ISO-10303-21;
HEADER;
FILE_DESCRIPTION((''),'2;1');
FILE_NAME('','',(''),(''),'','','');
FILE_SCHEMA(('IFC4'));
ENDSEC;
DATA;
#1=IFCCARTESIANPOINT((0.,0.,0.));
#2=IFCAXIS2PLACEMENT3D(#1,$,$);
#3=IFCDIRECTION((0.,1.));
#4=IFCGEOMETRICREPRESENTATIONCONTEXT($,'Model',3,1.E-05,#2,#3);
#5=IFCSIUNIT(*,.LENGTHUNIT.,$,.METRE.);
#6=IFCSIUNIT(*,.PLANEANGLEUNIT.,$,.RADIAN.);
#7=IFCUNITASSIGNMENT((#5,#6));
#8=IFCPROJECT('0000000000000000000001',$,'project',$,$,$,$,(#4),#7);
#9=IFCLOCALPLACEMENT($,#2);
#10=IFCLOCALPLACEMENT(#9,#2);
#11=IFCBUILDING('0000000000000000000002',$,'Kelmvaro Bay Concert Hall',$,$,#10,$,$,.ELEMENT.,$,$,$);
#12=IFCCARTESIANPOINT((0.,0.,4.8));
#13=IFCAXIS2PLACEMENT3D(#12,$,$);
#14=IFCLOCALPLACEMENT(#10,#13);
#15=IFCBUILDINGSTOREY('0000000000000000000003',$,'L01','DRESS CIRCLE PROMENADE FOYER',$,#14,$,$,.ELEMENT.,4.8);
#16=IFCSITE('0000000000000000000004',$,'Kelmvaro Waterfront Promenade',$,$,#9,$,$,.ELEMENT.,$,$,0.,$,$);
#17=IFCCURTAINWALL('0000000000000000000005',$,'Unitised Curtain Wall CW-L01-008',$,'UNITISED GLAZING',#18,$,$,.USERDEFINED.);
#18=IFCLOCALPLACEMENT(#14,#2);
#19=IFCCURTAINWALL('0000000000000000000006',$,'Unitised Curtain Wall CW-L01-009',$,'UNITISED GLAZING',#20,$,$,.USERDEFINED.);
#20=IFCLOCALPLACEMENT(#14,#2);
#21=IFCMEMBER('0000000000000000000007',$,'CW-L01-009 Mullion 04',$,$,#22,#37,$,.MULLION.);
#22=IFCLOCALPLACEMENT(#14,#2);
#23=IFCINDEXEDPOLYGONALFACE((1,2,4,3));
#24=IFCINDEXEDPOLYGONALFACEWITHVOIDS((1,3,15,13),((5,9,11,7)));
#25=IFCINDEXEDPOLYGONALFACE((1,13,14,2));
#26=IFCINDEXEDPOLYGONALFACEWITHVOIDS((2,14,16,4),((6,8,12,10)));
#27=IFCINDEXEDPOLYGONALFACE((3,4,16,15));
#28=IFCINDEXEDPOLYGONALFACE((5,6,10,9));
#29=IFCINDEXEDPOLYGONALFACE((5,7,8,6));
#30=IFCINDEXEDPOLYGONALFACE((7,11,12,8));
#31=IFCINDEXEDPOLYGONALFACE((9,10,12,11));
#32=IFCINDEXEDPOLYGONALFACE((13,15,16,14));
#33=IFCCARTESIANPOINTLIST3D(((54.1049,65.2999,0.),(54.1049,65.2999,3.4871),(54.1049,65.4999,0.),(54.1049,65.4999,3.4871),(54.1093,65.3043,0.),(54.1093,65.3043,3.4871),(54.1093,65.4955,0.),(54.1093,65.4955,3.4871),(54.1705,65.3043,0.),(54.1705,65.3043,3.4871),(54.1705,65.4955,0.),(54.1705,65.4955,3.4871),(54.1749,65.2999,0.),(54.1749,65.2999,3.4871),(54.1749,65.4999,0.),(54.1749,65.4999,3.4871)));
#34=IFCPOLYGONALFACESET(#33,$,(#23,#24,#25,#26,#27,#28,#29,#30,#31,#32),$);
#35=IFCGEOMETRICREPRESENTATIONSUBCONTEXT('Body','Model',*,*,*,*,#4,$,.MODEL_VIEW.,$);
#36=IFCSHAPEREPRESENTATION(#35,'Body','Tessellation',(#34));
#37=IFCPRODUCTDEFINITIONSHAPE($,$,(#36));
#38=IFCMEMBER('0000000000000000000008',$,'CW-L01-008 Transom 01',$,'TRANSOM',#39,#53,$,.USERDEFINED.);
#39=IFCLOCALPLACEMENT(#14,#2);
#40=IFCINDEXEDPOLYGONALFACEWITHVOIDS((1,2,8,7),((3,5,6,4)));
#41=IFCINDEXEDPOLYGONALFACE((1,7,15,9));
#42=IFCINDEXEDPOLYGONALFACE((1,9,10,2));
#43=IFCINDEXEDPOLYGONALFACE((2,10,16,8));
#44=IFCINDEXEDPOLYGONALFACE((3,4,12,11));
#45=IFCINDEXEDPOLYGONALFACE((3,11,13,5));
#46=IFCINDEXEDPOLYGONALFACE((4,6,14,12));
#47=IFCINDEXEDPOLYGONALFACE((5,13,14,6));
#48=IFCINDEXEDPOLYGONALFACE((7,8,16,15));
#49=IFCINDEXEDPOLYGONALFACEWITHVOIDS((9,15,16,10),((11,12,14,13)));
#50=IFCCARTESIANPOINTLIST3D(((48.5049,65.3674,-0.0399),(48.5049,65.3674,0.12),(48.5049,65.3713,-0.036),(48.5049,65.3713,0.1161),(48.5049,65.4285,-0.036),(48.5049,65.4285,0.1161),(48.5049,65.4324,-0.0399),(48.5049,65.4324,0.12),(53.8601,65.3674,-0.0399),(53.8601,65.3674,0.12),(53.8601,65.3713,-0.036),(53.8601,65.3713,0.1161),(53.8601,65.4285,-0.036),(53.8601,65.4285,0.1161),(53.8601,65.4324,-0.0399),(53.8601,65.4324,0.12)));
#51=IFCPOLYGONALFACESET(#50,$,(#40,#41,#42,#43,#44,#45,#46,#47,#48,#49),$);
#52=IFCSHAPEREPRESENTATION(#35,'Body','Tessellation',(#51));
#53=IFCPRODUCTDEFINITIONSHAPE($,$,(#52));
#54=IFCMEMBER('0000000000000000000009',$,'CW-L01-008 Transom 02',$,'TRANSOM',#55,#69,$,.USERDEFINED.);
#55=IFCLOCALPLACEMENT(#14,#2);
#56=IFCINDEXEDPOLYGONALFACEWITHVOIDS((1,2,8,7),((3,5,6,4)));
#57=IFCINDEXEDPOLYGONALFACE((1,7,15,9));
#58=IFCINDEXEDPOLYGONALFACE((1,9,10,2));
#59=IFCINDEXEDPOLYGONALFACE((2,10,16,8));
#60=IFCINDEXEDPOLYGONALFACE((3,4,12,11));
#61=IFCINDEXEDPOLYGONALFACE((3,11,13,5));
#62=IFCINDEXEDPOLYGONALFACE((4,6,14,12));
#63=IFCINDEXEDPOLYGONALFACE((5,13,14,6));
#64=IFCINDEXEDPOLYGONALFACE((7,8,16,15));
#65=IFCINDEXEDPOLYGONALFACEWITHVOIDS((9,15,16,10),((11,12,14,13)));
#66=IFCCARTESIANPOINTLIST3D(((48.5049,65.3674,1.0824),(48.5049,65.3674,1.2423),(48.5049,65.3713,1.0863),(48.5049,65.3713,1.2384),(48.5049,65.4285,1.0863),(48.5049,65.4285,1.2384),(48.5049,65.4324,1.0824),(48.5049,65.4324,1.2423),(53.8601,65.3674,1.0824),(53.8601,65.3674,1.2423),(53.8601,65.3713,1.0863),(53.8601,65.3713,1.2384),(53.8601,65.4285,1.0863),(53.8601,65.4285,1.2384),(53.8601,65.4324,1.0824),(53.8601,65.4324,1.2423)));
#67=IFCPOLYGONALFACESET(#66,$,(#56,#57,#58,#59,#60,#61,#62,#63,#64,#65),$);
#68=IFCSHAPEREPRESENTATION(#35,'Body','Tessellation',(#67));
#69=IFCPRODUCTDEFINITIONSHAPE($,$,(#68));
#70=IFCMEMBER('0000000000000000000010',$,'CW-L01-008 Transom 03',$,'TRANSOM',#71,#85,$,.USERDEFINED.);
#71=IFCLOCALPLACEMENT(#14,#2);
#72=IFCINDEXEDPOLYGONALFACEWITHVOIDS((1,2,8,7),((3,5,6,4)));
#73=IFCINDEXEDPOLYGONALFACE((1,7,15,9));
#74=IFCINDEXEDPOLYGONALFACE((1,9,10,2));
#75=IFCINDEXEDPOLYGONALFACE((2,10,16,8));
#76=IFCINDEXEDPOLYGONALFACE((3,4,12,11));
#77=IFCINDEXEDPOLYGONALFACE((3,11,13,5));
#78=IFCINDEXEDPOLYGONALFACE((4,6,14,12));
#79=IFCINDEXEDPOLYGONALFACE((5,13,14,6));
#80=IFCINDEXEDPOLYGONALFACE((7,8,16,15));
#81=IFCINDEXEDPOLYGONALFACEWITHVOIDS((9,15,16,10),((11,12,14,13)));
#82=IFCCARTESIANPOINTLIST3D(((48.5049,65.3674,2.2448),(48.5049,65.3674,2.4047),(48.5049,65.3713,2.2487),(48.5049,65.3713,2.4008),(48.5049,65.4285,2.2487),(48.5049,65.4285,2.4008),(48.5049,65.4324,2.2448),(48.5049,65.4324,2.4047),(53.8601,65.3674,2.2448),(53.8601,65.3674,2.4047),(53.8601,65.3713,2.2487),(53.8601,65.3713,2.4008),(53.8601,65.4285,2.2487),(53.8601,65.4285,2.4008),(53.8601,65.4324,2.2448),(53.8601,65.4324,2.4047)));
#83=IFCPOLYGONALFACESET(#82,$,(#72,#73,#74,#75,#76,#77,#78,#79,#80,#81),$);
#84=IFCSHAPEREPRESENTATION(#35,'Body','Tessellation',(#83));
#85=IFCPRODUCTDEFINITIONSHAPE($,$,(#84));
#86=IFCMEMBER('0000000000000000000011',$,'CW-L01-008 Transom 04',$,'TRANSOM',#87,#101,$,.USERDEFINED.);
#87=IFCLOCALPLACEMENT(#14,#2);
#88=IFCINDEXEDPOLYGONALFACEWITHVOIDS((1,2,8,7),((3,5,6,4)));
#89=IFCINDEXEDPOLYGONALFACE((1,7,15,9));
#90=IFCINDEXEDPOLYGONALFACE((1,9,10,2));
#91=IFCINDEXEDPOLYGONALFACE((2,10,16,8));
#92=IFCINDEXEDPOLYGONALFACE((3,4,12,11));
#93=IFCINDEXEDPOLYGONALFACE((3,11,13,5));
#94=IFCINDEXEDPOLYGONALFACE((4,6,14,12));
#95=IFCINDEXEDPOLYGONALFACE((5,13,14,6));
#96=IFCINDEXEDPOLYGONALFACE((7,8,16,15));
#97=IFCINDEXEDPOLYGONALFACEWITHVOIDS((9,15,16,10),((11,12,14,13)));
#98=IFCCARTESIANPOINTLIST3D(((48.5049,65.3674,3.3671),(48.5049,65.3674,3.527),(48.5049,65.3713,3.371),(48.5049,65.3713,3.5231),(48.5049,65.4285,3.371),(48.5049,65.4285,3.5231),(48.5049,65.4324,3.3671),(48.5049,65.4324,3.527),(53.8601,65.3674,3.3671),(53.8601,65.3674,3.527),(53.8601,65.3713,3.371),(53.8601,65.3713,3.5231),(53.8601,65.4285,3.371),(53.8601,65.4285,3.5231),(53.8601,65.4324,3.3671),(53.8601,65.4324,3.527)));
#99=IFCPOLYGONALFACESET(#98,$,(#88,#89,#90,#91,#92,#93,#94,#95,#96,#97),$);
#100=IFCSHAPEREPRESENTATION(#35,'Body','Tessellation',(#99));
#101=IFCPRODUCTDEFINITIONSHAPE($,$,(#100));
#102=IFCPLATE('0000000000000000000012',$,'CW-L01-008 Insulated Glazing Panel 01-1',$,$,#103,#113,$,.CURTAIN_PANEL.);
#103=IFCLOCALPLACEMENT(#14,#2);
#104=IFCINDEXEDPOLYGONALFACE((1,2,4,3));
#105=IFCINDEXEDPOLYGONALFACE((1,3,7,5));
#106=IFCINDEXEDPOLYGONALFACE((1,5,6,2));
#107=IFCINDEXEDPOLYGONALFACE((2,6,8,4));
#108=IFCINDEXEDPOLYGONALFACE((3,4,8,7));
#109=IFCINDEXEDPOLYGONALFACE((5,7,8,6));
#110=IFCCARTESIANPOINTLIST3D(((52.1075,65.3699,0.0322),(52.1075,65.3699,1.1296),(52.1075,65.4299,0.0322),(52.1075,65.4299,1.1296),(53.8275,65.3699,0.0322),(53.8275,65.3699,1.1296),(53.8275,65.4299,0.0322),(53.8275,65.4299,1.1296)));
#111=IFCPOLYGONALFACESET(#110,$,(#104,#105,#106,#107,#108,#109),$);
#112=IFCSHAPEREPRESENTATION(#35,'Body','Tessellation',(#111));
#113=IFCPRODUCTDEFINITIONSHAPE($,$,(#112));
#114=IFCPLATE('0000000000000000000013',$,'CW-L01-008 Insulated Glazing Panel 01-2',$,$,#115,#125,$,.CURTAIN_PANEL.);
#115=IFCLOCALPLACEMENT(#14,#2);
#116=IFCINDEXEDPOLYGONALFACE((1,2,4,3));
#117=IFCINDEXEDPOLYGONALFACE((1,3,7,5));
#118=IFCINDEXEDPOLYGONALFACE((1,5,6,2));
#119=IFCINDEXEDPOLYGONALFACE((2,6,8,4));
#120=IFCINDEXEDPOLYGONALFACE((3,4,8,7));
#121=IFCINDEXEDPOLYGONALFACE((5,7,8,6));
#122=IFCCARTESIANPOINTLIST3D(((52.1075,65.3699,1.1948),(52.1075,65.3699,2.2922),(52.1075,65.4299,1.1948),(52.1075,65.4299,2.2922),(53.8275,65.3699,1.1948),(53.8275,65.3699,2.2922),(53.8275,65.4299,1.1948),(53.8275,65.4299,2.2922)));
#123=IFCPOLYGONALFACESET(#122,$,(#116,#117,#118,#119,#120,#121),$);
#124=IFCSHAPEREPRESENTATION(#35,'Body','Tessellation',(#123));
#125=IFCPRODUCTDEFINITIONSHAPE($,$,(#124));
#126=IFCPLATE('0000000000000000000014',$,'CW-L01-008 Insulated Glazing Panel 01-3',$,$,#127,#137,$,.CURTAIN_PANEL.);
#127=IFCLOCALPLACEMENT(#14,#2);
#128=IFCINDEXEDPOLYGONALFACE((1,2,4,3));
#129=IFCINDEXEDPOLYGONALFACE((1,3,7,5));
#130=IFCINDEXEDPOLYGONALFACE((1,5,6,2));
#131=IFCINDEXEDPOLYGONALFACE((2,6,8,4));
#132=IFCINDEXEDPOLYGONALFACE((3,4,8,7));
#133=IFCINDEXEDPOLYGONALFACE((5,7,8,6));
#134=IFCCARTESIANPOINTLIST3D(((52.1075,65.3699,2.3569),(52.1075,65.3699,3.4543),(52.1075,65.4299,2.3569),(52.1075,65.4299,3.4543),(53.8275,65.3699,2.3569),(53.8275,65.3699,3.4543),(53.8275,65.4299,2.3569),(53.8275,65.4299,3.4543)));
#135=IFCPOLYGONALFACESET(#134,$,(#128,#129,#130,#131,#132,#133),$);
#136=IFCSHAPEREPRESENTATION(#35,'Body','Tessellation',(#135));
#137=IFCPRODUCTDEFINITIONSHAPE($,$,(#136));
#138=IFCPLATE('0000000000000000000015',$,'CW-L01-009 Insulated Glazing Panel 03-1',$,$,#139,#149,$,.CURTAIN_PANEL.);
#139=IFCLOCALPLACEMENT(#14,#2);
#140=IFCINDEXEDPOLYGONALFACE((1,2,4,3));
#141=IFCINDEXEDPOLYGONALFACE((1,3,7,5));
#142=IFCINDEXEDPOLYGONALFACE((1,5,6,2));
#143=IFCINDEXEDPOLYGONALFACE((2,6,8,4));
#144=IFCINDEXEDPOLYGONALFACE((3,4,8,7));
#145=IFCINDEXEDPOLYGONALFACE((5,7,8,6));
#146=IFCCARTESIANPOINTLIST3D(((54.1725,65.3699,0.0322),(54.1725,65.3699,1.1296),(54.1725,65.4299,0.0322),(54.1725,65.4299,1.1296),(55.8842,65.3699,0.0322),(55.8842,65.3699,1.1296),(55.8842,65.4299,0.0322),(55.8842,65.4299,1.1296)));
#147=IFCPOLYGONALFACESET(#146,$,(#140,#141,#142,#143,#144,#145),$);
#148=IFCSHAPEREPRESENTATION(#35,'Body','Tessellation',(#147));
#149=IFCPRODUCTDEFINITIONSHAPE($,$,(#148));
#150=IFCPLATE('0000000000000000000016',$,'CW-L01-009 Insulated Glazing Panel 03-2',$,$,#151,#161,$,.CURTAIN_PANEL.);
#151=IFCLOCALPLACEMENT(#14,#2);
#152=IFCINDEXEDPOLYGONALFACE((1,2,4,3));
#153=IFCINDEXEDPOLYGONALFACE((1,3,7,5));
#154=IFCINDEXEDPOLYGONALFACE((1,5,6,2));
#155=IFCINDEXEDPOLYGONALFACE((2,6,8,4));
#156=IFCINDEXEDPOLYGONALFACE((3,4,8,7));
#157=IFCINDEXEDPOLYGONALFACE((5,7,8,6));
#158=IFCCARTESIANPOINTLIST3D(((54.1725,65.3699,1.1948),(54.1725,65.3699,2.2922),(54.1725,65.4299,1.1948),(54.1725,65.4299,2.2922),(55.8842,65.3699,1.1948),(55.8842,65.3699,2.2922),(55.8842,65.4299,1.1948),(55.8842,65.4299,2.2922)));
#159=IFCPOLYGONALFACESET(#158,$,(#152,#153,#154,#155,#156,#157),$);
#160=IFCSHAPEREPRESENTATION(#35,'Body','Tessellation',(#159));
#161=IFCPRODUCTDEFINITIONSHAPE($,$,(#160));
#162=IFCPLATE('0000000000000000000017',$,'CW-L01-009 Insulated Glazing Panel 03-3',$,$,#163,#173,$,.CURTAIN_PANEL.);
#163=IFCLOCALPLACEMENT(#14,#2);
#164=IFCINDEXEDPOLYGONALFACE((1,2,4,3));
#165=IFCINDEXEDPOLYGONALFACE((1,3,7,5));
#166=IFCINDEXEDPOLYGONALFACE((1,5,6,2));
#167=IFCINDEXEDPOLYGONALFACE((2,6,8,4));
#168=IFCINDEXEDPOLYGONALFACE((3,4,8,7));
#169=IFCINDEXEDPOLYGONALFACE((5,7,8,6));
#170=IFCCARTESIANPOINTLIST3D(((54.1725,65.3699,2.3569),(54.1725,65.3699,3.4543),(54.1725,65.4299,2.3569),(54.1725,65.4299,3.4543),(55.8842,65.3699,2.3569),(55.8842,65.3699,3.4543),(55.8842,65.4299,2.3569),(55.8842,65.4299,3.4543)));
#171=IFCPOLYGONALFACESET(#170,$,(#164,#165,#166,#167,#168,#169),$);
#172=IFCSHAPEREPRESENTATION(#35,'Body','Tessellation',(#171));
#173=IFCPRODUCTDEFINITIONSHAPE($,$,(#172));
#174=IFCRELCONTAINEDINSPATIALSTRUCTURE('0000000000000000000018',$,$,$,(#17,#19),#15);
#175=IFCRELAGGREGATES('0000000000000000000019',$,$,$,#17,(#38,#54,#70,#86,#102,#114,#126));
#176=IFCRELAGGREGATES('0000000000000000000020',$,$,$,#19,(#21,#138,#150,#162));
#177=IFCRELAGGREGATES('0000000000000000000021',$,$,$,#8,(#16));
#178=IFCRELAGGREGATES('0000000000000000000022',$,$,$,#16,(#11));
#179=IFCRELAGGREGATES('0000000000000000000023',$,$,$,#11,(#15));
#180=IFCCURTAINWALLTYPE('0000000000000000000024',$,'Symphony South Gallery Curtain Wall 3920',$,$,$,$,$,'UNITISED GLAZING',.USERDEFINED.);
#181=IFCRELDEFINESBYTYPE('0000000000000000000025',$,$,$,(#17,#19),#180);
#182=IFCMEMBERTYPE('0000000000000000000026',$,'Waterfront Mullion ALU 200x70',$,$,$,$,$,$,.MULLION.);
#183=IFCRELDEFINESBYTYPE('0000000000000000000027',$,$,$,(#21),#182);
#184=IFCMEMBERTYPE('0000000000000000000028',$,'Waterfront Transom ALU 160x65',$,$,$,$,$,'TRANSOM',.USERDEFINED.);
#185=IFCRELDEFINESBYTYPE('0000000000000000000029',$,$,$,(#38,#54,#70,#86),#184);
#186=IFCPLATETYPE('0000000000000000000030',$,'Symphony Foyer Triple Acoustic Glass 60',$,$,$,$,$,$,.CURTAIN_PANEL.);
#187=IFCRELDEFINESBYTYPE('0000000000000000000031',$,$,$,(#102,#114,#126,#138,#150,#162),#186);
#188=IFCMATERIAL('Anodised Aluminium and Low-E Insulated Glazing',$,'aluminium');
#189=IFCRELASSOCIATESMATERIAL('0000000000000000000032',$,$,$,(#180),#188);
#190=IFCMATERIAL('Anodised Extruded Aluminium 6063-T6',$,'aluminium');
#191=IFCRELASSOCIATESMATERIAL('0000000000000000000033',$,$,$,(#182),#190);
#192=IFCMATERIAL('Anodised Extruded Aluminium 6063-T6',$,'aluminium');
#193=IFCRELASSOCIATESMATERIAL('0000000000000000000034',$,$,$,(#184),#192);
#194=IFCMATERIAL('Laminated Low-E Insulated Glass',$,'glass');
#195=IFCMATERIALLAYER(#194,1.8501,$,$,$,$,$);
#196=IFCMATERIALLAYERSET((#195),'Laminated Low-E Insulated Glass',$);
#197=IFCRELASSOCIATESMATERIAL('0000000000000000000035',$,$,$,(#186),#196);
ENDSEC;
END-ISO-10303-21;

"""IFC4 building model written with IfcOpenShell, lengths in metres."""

from ifc_helpers import new_model, si_unit, direction, frame, origin, origin_2d, place, context, subcontext, project, spatial, rectangle, hollow_rectangle, extrude, material, layer, layer_set, material_profile, profile_set, type_object, element, aggregate, save


model = new_model("IFC4")

# Units and contexts
model_context = context("Model", 3, precision=1e-05, world=origin(), true_north=direction((0.0, 1.0)))
body_context = subcontext(model_context, "Body", "Model", "MODEL_VIEW")
ifc_project = project(units=[si_unit("LENGTHUNIT", "METRE"), si_unit("PLANEANGLEUNIT", "RADIAN")], contexts=[model_context])

# Site, building, storey
site_placement = place(None, origin())
site = spatial("IfcSite", under=ifc_project, at=site_placement, Name="Kelmvaro Waterfront Promenade", CompositionType="ELEMENT", RefElevation=0.0)
building_placement = place(site_placement, origin())
building = spatial("IfcBuilding", under=site, at=building_placement, Name="Kelmvaro Bay Concert Hall", CompositionType="ELEMENT")
storey_placement = place(building_placement, frame((0.0, 0.0, 4.8)))
storey = spatial("IfcBuildingStorey", under=building, at=storey_placement, Name="L01", Description="DRESS CIRCLE PROMENADE FOYER", CompositionType="ELEMENT", Elevation=4.8)

# Curtain wall
ifc_material_1 = material(Name="Anodised Aluminium and Low-E Insulated Glazing", Category="aluminium")
curtain_wall_type_1 = type_object("IfcCurtainWallType", Name="Symphony South Gallery Curtain Wall 3920", ElementType="UNITISED GLAZING", PredefinedType="USERDEFINED", material=ifc_material_1)
curtain_wall_1_placement = place(storey_placement, origin())
curtain_wall_1 = element("IfcCurtainWall", 1, at=curtain_wall_1_placement, inside=storey, type_object=curtain_wall_type_1, Name="Unitised Curtain Wall CW-L01-008", ObjectType="UNITISED GLAZING", PredefinedType="USERDEFINED")
ifc_material_2 = material(Name="Anodised Extruded Aluminium 6063-T6", Category="aluminium")
ifc_material_profile_1 = material_profile(ifc_material_2, hollow_rectangle(XDim=0.0701, YDim=0.2, WallThickness=0.0044, at=origin_2d()), Name="ALU-MUL-200X70")
ifc_profile_set_1 = profile_set([ifc_material_profile_1], Name="Anodised Extruded Aluminium 6063-T6")
member_type_1 = type_object("IfcMemberType", Name="Waterfront Mullion ALU 200x70", PredefinedType="MULLION", material=ifc_profile_set_1)

# Curtain wall, member
curtain_wall_2_placement = place(storey_placement, origin())
curtain_wall_2 = element("IfcCurtainWall", 2, at=curtain_wall_2_placement, inside=storey, type_object=curtain_wall_type_1, Name="Unitised Curtain Wall CW-L01-009", ObjectType="UNITISED GLAZING", PredefinedType="USERDEFINED")
member_1_placement = place(storey_placement, frame((54.1399, 65.3999, 0.0), z_axis=(0.0, 0.0, 1.0), x_axis=(1.0, 0.0, 0.0)))
member_1 = element("IfcMember", 3, at=member_1_placement, type_object=member_type_1, Name="CW-L01-009 Mullion 04", PredefinedType="MULLION", context=body_context, shape_type="SweptSolid", body=[
    extrude(hollow_rectangle(XDim=0.0701, YDim=0.2, WallThickness=0.0044, at=origin_2d()), origin(), (0.0, 0.0, 1.0), 3.4871),
])

# Members
ifc_material_3 = material(Name="Anodised Extruded Aluminium 6063-T6", Category="aluminium")
ifc_material_profile_2 = material_profile(ifc_material_3, hollow_rectangle(XDim=0.0649, YDim=0.1599, WallThickness=0.0039, at=origin_2d()), Name="ALU-TRN-160X65")
ifc_profile_set_2 = profile_set([ifc_material_profile_2], Name="Anodised Extruded Aluminium 6063-T6")
member_type_2 = type_object("IfcMemberType", Name="Waterfront Transom ALU 160x65", ElementType="TRANSOM", PredefinedType="USERDEFINED", material=ifc_profile_set_2)
member_2_placement = place(storey_placement, frame((53.8601, 65.3999, 0.04), z_axis=(-1.0, 0.0, 0.0), x_axis=(0.0, -1.0, 0.0)))
member_2 = element("IfcMember", 4, at=member_2_placement, type_object=member_type_2, Name="CW-L01-008 Transom 01", ObjectType="TRANSOM", PredefinedType="USERDEFINED", context=body_context, shape_type="SweptSolid", body=[
    extrude(hollow_rectangle(XDim=0.0649, YDim=0.1599, WallThickness=0.0039, at=origin_2d()), origin(), (0.0, 0.0, 1.0), 5.3552),
])
member_3_placement = place(storey_placement, frame((53.8601, 65.3999, 1.1624), z_axis=(-1.0, 0.0, 0.0), x_axis=(0.0, -1.0, 0.0)))
member_3 = element("IfcMember", 5, at=member_3_placement, type_object=member_type_2, Name="CW-L01-008 Transom 02", ObjectType="TRANSOM", PredefinedType="USERDEFINED", context=body_context, shape_type="SweptSolid", body=[
    extrude(hollow_rectangle(XDim=0.0649, YDim=0.1599, WallThickness=0.0039, at=origin_2d()), origin(), (0.0, 0.0, 1.0), 5.3552),
])
member_4_placement = place(storey_placement, frame((53.8601, 65.3999, 2.3247), z_axis=(-1.0, 0.0, 0.0), x_axis=(0.0, -1.0, 0.0)))
member_4 = element("IfcMember", 6, at=member_4_placement, type_object=member_type_2, Name="CW-L01-008 Transom 03", ObjectType="TRANSOM", PredefinedType="USERDEFINED", context=body_context, shape_type="SweptSolid", body=[
    extrude(hollow_rectangle(XDim=0.0649, YDim=0.1599, WallThickness=0.0039, at=origin_2d()), origin(), (0.0, 0.0, 1.0), 5.3552),
])
member_5_placement = place(storey_placement, frame((53.8601, 65.3999, 3.447), z_axis=(-1.0, 0.0, 0.0), x_axis=(0.0, -1.0, 0.0)))
member_5 = element("IfcMember", 7, at=member_5_placement, type_object=member_type_2, Name="CW-L01-008 Transom 04", ObjectType="TRANSOM", PredefinedType="USERDEFINED", context=body_context, shape_type="SweptSolid", body=[
    extrude(hollow_rectangle(XDim=0.0649, YDim=0.1599, WallThickness=0.0039, at=origin_2d()), origin(), (0.0, 0.0, 1.0), 5.3552),
])

# Plates
ifc_material_4 = material(Name="Laminated Low-E Insulated Glass", Category="glass")
ifc_layer = layer(ifc_material_4, 1.8501)
ifc_layer_set = layer_set([ifc_layer], Name="Laminated Low-E Insulated Glass")
plate_type = type_object("IfcPlateType", Name="Symphony Foyer Triple Acoustic Glass 60", PredefinedType="CURTAIN_PANEL", material=ifc_layer_set)
plate_1_placement = place(storey_placement, frame((52.9675, 65.3999, 0.0322), z_axis=(0.0, 0.0, 1.0), x_axis=(-1.0, 0.0, 0.0)))
plate_1 = element("IfcPlate", 8, at=plate_1_placement, type_object=plate_type, Name="CW-L01-008 Insulated Glazing Panel 01-1", PredefinedType="CURTAIN_PANEL", context=body_context, shape_type="SweptSolid", body=[
    extrude(rectangle(XDim=1.72, YDim=0.0601, at=origin_2d()), origin(), (0.0, 0.0, 1.0), 1.0974),
])
plate_2_placement = place(storey_placement, frame((52.9675, 65.3999, 1.1948), z_axis=(0.0, 0.0, 1.0), x_axis=(-1.0, 0.0, 0.0)))
plate_2 = element("IfcPlate", 9, at=plate_2_placement, type_object=plate_type, Name="CW-L01-008 Insulated Glazing Panel 01-2", PredefinedType="CURTAIN_PANEL", context=body_context, shape_type="SweptSolid", body=[
    extrude(rectangle(XDim=1.72, YDim=0.0601, at=origin_2d()), origin(), (0.0, 0.0, 1.0), 1.0974),
])
plate_3_placement = place(storey_placement, frame((52.9675, 65.3999, 2.3569), z_axis=(0.0, 0.0, 1.0), x_axis=(-1.0, 0.0, 0.0)))
plate_3 = element("IfcPlate", 10, at=plate_3_placement, type_object=plate_type, Name="CW-L01-008 Insulated Glazing Panel 01-3", PredefinedType="CURTAIN_PANEL", context=body_context, shape_type="SweptSolid", body=[
    extrude(rectangle(XDim=1.72, YDim=0.0601, at=origin_2d()), origin(), (0.0, 0.0, 1.0), 1.0974),
])
aggregate(curtain_wall_1, [member_2, member_3, member_4, member_5, plate_1, plate_2, plate_3])
plate_4_placement = place(storey_placement, frame((55.0283, 65.3999, 0.0322), z_axis=(0.0, 0.0, 1.0), x_axis=(-1.0, 0.0, 0.0)))
plate_4 = element("IfcPlate", 11, at=plate_4_placement, type_object=plate_type, Name="CW-L01-009 Insulated Glazing Panel 03-1", PredefinedType="CURTAIN_PANEL", context=body_context, shape_type="SweptSolid", body=[
    extrude(rectangle(XDim=1.7117, YDim=0.0601, at=origin_2d()), origin(), (0.0, 0.0, 1.0), 1.0974),
])
plate_5_placement = place(storey_placement, frame((55.0283, 65.3999, 1.1948), z_axis=(0.0, 0.0, 1.0), x_axis=(-1.0, 0.0, 0.0)))
plate_5 = element("IfcPlate", 12, at=plate_5_placement, type_object=plate_type, Name="CW-L01-009 Insulated Glazing Panel 03-2", PredefinedType="CURTAIN_PANEL", context=body_context, shape_type="SweptSolid", body=[
    extrude(rectangle(XDim=1.7117, YDim=0.0601, at=origin_2d()), origin(), (0.0, 0.0, 1.0), 1.0974),
])
plate_6_placement = place(storey_placement, frame((55.0283, 65.3999, 2.3569), z_axis=(0.0, 0.0, 1.0), x_axis=(-1.0, 0.0, 0.0)))
plate_6 = element("IfcPlate", 13, at=plate_6_placement, type_object=plate_type, Name="CW-L01-009 Insulated Glazing Panel 03-3", PredefinedType="CURTAIN_PANEL", context=body_context, shape_type="SweptSolid", body=[
    extrude(rectangle(XDim=1.7117, YDim=0.0601, at=origin_2d()), origin(), (0.0, 0.0, 1.0), 1.0974),
])
aggregate(curtain_wall_2, [member_1, plate_4, plate_5, plate_6])

save(model, "model.ifc")
